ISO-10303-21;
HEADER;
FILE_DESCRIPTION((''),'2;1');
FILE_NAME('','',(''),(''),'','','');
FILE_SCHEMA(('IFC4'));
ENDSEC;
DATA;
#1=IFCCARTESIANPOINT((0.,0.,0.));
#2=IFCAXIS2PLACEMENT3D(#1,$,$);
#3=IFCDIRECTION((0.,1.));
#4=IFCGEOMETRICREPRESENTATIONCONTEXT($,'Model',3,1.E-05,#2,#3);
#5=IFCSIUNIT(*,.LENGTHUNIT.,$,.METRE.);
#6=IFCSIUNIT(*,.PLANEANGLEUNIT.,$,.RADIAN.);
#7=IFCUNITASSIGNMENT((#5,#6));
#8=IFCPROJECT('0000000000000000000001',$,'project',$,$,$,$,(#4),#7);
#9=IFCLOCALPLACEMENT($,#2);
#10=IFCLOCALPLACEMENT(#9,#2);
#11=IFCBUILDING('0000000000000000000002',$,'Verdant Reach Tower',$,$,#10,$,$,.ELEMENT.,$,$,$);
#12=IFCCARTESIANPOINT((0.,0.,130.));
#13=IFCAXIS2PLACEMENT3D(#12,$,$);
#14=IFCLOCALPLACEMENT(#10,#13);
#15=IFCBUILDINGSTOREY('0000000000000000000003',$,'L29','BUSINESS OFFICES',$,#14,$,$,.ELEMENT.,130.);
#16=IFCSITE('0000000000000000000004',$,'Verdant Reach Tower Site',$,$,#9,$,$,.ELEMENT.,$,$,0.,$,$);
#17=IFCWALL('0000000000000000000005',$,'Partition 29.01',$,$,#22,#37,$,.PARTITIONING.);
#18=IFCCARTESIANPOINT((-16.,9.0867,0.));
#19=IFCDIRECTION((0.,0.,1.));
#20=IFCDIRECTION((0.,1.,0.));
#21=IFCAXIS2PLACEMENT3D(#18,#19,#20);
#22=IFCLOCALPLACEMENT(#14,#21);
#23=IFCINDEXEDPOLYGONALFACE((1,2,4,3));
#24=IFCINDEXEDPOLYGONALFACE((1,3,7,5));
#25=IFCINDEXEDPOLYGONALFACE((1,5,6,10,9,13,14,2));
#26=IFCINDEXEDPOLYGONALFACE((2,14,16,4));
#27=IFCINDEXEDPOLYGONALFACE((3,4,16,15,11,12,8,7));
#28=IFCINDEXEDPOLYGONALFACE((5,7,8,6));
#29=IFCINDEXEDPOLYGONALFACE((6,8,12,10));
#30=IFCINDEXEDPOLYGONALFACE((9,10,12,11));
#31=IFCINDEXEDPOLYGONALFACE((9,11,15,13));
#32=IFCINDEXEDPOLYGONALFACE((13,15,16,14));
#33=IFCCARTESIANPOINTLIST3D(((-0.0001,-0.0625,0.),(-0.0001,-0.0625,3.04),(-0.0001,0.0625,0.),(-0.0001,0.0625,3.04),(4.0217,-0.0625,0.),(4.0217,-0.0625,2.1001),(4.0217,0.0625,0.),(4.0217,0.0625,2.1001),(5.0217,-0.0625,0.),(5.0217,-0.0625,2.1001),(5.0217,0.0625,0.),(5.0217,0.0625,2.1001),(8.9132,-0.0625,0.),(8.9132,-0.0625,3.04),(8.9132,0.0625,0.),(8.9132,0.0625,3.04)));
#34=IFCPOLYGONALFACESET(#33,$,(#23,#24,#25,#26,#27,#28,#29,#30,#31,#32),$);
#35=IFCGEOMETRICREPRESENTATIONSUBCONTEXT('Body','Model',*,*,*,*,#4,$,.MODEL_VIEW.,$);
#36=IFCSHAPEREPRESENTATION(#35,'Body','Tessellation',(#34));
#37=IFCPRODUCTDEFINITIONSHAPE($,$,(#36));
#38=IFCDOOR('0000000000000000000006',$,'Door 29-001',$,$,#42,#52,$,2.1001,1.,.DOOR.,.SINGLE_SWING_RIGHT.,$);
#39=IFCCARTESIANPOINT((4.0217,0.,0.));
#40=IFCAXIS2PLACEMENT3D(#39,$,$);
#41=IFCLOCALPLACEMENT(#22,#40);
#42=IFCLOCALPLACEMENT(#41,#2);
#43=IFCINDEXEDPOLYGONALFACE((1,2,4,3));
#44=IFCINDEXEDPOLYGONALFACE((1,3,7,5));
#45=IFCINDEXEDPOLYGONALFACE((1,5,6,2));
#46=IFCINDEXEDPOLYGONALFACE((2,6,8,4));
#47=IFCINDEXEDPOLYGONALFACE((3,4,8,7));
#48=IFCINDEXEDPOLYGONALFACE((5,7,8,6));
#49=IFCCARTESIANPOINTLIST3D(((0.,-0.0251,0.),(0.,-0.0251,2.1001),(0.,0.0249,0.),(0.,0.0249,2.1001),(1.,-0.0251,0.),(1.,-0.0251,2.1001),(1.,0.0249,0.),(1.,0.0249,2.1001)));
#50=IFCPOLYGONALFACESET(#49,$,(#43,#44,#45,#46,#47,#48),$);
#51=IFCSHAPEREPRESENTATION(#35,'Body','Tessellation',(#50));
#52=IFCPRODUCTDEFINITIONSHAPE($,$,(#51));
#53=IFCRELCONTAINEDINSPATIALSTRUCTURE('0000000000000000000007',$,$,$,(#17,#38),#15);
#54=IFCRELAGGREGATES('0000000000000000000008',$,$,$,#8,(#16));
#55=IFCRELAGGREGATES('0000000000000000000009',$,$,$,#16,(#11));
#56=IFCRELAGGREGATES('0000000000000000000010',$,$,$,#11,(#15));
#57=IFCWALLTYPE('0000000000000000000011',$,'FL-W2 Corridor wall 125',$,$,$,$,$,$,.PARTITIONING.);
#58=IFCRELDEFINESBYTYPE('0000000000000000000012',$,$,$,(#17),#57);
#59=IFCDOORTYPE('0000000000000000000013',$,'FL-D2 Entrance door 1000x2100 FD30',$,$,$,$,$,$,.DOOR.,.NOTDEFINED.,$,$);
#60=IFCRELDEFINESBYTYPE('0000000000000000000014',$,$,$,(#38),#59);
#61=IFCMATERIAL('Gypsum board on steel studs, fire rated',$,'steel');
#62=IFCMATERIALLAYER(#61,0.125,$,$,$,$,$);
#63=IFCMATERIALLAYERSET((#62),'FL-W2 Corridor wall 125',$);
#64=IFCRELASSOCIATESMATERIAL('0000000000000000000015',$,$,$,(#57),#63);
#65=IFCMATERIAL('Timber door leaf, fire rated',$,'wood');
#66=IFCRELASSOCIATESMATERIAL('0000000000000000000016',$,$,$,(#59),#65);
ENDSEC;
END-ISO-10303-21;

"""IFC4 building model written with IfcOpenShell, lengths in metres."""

from ifc_helpers import new_model, si_unit, direction, frame, frame_2d, origin, place, context, subcontext, project, spatial, rectangle, extrude, material, layer, layer_set, type_object, element, fill, save


model = new_model("IFC4")

# Units and contexts
model_context = context("Model", 3, precision=1e-05, world=origin(), true_north=direction((0.0, 1.0)))
body_context = subcontext(model_context, "Body", "Model", "MODEL_VIEW")
ifc_project = project(units=[si_unit("LENGTHUNIT", "METRE"), si_unit("PLANEANGLEUNIT", "RADIAN")], contexts=[model_context])

# Site, building, storey
site_placement = place(None, origin())
site = spatial("IfcSite", under=ifc_project, at=site_placement, Name="Verdant Reach Tower Site", CompositionType="ELEMENT", RefElevation=0.0)
building_placement = place(site_placement, origin())
building = spatial("IfcBuilding", under=site, at=building_placement, Name="Verdant Reach Tower", CompositionType="ELEMENT")
storey_placement = place(building_placement, frame((0.0, 0.0, 130.0)))
storey = spatial("IfcBuildingStorey", under=building, at=storey_placement, Name="L29", Description="BUSINESS OFFICES", CompositionType="ELEMENT", Elevation=130.0)

# Wall, opening, door
ifc_material_1 = material(Name="Gypsum board on steel studs, fire rated", Category="steel")
ifc_layer_1 = layer(ifc_material_1, 0.125)
ifc_layer_set_1 = layer_set([ifc_layer_1], Name="FL-W2 Corridor wall 125")
wall_type_1 = type_object("IfcWallType", Name="FL-W2 Corridor wall 125", PredefinedType="PARTITIONING", material=ifc_layer_set_1)
wall_1_placement = place(storey_placement, frame((-16.0, 9.0867, 0.0), z_axis=(0.0, 0.0, 1.0), x_axis=(0.0, 1.0, 0.0)))
wall_1 = element("IfcWall", 1, at=wall_1_placement, inside=storey, type_object=wall_type_1, Name="Partition 29.01", PredefinedType="PARTITIONING", context=body_context, shape_type="SweptSolid", body=[
    extrude(rectangle(XDim=8.9133, YDim=0.125, at=frame_2d((4.4565, 0.0))), origin(), (0.0, 0.0, 1.0), 3.04),
])
opening_1_placement = place(wall_1_placement, frame((4.0217, 0.0, 0.0)))
opening_1 = element("IfcOpeningElement", 2, at=opening_1_placement, cuts=wall_1, PredefinedType="OPENING", context=body_context, shape_type="SweptSolid", body=[
    extrude(rectangle(XDim=1.0, YDim=2.1001, at=frame_2d((0.5, 1.05))), frame((0.0, 0.0725, 0.0), z_axis=(0.0, -1.0, 0.0), x_axis=(1.0, 0.0, 0.0)), (0.0, 0.0, 1.0), 0.145),
])
ifc_material_2 = material(Name="Timber door leaf, fire rated", Category="wood")
door_type_1 = type_object("IfcDoorType", Name="FL-D2 Entrance door 1000x2100 FD30", OperationType="NOTDEFINED", PredefinedType="DOOR", material=ifc_material_2)
door_1_placement = place(opening_1_placement, origin())
door_1 = element("IfcDoor", 3, at=door_1_placement, inside=storey, type_object=door_type_1, Name="Door 29-001", OperationType="SINGLE_SWING_RIGHT", OverallHeight=2.1001, OverallWidth=1.0, PredefinedType="DOOR", context=body_context, shape_type="SweptSolid", body=[
    extrude(rectangle(XDim=1.0, YDim=2.1001, at=frame_2d((0.5, 1.05))), frame((0.0, 0.0249, 0.0), z_axis=(0.0, -1.0, 0.0), x_axis=(1.0, 0.0, 0.0)), (0.0, 0.0, 1.0), 0.05),
])
fill(opening_1, door_1)

save(model, "model.ifc")
